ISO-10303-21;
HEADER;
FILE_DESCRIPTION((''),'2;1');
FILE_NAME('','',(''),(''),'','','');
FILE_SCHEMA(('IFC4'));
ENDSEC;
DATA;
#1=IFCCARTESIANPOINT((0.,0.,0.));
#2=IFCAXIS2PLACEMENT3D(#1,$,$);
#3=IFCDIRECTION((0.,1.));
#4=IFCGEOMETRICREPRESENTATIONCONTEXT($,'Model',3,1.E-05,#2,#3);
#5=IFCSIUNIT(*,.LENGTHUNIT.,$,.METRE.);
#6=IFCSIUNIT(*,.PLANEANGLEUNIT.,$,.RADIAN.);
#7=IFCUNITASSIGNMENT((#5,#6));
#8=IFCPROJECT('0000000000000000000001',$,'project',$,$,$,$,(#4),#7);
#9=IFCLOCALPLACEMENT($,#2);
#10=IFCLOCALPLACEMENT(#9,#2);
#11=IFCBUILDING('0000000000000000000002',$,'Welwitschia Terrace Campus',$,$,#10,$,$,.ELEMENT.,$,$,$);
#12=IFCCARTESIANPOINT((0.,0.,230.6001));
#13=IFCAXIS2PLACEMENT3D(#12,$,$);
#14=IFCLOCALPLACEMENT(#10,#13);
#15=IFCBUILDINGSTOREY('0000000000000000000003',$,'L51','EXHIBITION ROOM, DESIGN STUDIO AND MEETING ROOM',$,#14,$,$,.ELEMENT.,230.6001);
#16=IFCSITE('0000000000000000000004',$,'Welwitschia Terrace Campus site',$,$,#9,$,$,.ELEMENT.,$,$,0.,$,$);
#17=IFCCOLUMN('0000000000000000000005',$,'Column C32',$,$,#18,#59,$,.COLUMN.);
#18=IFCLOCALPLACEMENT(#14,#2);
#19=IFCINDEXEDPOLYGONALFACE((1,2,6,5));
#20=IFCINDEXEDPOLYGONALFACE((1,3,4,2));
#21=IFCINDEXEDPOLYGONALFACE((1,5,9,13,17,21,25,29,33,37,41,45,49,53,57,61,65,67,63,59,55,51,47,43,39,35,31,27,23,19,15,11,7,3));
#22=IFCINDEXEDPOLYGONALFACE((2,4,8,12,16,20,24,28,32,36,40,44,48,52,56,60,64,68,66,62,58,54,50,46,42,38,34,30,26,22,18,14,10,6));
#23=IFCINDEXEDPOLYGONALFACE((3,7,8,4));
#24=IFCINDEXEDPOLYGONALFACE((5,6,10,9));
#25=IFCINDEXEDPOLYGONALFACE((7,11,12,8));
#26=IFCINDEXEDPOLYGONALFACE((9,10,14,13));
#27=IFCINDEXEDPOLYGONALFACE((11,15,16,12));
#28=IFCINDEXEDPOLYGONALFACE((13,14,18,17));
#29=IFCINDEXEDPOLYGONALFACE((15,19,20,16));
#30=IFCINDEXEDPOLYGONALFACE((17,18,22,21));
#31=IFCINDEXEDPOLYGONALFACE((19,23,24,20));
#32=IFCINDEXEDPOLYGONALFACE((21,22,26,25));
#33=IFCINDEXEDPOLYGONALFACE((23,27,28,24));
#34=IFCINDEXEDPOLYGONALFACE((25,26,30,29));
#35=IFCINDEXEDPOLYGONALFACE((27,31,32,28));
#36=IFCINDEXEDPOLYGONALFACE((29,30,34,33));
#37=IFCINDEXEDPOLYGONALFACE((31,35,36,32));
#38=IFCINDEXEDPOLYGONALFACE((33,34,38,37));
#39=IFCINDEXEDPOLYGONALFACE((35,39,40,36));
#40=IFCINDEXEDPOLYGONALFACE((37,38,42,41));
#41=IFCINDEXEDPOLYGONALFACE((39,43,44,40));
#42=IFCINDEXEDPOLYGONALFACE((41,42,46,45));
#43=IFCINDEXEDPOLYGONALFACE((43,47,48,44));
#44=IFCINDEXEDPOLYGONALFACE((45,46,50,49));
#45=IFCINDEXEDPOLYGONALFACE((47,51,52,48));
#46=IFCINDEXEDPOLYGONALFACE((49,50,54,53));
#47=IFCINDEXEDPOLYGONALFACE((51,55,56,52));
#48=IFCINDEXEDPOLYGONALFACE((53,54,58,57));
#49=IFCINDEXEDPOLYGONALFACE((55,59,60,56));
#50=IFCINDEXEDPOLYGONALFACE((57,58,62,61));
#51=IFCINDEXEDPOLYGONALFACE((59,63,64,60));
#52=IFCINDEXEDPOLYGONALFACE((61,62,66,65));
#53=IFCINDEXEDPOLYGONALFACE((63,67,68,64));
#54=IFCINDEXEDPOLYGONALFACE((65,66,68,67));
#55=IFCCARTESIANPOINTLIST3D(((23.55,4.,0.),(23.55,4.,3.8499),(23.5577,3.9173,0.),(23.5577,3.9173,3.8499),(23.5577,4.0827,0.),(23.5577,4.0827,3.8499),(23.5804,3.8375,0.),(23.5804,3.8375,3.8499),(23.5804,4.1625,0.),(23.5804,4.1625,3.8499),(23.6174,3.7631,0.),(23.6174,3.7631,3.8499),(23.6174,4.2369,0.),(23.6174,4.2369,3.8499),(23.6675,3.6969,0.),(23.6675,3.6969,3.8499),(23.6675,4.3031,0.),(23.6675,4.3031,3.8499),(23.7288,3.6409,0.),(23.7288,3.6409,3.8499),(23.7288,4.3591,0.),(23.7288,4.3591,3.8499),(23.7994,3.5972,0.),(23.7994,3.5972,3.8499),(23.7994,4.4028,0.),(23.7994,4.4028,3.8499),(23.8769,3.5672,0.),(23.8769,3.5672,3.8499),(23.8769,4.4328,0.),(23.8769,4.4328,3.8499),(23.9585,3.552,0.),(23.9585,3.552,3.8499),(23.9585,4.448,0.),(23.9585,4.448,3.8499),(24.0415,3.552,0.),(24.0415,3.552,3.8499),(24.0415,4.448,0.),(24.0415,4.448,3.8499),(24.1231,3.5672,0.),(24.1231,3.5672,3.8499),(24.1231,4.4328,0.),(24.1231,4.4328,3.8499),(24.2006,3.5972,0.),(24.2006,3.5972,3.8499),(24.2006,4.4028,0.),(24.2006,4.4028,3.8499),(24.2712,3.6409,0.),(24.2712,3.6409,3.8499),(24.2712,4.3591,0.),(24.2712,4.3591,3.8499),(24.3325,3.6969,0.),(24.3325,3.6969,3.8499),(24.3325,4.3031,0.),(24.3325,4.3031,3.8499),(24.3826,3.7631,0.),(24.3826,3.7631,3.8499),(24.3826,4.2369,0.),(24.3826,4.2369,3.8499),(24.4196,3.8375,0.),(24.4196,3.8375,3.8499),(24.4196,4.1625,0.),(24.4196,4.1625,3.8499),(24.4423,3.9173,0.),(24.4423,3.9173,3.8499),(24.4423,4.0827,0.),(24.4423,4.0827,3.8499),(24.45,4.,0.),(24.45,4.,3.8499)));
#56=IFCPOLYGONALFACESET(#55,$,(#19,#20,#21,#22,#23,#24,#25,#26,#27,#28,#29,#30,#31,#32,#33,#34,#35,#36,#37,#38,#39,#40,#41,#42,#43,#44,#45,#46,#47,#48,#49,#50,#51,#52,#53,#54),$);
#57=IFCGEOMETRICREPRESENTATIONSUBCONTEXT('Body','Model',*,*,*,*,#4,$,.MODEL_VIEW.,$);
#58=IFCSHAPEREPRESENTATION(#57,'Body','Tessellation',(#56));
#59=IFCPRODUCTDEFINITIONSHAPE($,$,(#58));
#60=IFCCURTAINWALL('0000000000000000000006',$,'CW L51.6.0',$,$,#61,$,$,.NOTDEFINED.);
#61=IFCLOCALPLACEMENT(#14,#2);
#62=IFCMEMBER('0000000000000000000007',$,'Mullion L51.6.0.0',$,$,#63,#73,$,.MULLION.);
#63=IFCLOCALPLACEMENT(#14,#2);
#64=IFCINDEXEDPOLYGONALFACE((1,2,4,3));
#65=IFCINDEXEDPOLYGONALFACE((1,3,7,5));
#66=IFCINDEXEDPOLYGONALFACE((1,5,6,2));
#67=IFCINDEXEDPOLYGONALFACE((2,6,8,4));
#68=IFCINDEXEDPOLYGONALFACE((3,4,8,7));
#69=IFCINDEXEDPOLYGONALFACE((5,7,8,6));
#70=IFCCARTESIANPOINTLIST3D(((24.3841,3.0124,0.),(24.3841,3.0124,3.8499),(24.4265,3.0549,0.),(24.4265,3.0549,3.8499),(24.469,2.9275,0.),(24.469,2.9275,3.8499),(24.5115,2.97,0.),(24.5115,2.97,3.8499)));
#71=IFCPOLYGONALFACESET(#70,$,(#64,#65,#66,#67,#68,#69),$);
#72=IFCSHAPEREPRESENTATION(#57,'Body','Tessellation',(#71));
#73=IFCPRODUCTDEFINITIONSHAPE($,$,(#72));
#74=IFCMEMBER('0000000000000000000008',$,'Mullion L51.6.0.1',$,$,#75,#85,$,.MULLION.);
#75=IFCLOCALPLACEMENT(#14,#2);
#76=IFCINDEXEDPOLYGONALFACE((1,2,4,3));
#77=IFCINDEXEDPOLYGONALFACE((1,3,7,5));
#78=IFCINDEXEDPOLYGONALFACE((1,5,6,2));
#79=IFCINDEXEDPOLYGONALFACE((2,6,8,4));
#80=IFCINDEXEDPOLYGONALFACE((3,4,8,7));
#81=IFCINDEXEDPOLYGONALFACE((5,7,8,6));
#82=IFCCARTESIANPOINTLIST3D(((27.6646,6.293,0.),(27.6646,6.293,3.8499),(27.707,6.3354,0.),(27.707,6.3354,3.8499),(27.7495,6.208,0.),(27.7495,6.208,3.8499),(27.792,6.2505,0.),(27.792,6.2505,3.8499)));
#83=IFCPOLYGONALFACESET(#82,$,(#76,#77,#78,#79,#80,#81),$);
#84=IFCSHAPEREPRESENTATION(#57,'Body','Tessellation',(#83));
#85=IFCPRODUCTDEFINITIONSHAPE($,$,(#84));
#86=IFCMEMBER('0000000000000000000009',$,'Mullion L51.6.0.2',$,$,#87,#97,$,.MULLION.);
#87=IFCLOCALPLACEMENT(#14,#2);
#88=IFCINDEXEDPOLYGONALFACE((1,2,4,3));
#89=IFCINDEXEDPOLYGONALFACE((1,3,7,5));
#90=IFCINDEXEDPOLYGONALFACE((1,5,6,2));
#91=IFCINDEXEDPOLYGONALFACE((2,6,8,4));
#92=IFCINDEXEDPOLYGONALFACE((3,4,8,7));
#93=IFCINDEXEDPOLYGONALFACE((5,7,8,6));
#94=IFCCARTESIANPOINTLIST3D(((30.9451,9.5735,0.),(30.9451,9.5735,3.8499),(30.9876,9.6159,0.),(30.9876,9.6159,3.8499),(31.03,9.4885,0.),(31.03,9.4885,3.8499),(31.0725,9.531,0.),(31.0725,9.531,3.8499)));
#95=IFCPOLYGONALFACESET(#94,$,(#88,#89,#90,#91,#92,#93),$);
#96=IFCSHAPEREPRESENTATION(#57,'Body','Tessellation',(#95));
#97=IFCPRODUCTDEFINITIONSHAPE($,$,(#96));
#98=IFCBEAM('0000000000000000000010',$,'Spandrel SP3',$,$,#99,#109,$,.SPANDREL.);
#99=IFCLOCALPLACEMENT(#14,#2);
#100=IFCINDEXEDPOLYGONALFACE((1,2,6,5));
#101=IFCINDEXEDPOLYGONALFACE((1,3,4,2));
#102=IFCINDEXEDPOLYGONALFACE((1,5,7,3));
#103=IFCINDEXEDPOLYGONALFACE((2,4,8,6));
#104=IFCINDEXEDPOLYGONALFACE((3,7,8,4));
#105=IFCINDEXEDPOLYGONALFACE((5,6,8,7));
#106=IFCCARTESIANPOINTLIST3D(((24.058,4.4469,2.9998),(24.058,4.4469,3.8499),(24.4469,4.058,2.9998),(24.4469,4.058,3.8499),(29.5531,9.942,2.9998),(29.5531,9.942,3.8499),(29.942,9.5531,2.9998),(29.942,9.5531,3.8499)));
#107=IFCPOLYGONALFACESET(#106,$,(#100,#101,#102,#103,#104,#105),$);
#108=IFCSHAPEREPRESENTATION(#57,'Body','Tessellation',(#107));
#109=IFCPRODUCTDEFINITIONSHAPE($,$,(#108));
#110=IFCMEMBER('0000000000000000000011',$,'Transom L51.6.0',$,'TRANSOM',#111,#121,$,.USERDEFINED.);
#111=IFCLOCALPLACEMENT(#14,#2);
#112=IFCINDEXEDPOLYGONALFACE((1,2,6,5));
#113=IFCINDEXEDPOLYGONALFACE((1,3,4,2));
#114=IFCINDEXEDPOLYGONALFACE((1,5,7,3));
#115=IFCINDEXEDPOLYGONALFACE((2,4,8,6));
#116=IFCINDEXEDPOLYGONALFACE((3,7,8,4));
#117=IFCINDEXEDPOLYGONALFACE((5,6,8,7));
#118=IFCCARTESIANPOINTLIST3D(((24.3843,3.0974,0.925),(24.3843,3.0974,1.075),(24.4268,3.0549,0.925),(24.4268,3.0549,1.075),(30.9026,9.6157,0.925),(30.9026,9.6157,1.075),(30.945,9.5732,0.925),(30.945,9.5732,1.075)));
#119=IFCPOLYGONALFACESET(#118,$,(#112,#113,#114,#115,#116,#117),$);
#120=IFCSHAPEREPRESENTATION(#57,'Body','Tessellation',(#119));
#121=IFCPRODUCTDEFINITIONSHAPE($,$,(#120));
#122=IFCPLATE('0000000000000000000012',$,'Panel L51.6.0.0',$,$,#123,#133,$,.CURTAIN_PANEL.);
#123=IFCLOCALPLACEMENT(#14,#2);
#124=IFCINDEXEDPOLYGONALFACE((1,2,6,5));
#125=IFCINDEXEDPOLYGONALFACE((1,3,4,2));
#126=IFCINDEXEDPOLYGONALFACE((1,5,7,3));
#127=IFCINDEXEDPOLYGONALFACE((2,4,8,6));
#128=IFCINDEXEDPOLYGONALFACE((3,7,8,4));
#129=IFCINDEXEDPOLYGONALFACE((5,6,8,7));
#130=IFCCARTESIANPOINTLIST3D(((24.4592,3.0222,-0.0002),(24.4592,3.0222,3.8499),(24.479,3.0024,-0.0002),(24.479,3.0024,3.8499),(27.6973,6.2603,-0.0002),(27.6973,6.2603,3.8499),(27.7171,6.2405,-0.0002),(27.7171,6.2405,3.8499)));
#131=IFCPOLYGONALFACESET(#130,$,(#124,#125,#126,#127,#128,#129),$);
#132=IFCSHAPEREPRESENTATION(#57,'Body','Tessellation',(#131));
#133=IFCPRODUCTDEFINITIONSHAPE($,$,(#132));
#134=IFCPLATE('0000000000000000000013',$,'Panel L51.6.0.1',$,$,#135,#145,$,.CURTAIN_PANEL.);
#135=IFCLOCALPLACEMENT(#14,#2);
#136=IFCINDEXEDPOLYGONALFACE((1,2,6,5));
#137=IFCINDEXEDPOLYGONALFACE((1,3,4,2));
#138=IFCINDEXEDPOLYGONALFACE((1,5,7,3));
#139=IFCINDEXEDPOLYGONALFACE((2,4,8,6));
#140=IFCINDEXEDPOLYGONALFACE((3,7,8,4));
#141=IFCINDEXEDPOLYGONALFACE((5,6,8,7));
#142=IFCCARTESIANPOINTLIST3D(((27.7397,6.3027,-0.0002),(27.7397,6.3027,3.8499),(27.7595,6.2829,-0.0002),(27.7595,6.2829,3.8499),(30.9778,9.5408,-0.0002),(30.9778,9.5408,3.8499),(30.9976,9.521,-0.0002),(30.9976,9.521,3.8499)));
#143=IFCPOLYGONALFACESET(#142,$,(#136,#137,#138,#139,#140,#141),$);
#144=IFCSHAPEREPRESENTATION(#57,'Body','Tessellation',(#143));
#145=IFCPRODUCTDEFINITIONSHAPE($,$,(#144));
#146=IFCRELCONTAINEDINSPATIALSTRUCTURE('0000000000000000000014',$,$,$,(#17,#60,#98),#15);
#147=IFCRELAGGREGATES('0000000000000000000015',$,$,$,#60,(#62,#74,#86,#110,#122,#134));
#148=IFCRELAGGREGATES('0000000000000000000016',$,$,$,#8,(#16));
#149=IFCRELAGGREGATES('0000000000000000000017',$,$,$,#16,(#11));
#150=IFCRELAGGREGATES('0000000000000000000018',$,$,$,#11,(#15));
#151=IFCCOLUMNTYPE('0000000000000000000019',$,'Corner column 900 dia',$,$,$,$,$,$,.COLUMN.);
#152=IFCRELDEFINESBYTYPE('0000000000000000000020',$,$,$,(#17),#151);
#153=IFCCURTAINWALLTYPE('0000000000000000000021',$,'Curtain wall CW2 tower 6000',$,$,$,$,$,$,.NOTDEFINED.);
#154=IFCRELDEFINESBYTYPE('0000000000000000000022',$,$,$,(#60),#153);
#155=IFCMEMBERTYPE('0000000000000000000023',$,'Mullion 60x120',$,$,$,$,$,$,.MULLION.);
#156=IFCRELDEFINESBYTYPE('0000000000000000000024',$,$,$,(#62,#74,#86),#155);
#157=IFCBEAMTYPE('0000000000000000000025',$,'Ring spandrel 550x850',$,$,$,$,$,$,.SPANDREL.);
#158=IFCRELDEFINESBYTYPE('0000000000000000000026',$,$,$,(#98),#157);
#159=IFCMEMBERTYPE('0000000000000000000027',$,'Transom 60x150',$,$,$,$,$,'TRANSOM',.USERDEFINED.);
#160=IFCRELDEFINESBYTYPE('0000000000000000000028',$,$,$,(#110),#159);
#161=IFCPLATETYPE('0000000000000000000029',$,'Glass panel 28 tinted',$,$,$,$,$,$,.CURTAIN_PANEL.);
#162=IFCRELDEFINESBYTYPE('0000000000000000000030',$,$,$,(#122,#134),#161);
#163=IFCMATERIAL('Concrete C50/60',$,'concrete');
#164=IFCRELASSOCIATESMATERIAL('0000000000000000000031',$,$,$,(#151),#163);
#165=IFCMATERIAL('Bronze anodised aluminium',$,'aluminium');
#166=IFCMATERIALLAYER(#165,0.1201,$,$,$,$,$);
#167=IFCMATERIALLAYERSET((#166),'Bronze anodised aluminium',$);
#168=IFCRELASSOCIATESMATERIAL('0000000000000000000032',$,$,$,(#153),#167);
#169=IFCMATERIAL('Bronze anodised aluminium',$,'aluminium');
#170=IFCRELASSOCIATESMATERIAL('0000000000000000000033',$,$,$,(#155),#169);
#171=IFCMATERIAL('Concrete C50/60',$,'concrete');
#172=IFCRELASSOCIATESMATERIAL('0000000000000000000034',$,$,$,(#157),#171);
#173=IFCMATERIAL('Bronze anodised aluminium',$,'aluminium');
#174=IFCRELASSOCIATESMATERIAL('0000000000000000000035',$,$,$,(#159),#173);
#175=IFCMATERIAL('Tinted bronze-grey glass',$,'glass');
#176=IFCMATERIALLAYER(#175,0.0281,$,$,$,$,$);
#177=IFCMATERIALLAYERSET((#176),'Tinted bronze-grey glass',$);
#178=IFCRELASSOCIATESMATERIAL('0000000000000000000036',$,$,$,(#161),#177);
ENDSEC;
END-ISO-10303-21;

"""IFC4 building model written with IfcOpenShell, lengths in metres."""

from ifc_helpers import new_model, si_unit, direction, frame, origin, origin_2d, place, context, subcontext, project, spatial, rectangle, circle, extrude, material, layer, layer_set, material_profile, profile_set, type_object, element, aggregate, save


model = new_model("IFC4")

# Units and contexts
model_context = context("Model", 3, precision=1e-05, world=origin(), true_north=direction((0.0, 1.0)))
body_context = subcontext(model_context, "Body", "Model", "MODEL_VIEW")
ifc_project = project(units=[si_unit("LENGTHUNIT", "METRE"), si_unit("PLANEANGLEUNIT", "RADIAN")], contexts=[model_context])

# Site, building, storey
site_placement = place(None, origin())
site = spatial("IfcSite", under=ifc_project, at=site_placement, Name="Welwitschia Terrace Campus site", CompositionType="ELEMENT", RefElevation=0.0)
building_placement = place(site_placement, origin())
building = spatial("IfcBuilding", under=site, at=building_placement, Name="Welwitschia Terrace Campus", CompositionType="ELEMENT")
storey_placement = place(building_placement, frame((0.0, 0.0, 230.6001)))
storey = spatial("IfcBuildingStorey", under=building, at=storey_placement, Name="L51", Description="EXHIBITION ROOM, DESIGN STUDIO AND MEETING ROOM", CompositionType="ELEMENT", Elevation=230.6001)

# Column
ifc_material_1 = material(Name="Concrete C50/60", Category="concrete")
ifc_material_profile_1 = material_profile(ifc_material_1, circle(Radius=0.45, at=origin_2d()))
ifc_profile_set_1 = profile_set([ifc_material_profile_1], Name="Concrete C50/60")
column_type = type_object("IfcColumnType", Name="Corner column 900 dia", PredefinedType="COLUMN", material=ifc_profile_set_1)
column_placement = place(storey_placement, frame((24.0, 4.0, 0.0), z_axis=(0.0, 0.0, 1.0), x_axis=(1.0, 0.0, 0.0)))
element("IfcColumn", 1, at=column_placement, inside=storey, type_object=column_type, Name="Column C32", PredefinedType="COLUMN", context=body_context, shape_type="SweptSolid", body=[
    extrude(circle(Radius=0.45, at=origin_2d()), origin(), (0.0, 0.0, 1.0), 3.8499),
])

# Curtain wall, members
ifc_material_2 = material(Name="Bronze anodised aluminium", Category="aluminium")
ifc_layer_1 = layer(ifc_material_2, 0.1201)
ifc_layer_set_1 = layer_set([ifc_layer_1], Name="Bronze anodised aluminium")
curtain_wall_type = type_object("IfcCurtainWallType", Name="Curtain wall CW2 tower 6000", PredefinedType="NOTDEFINED", material=ifc_layer_set_1)
curtain_wall_placement = place(storey_placement, origin())
curtain_wall = element("IfcCurtainWall", 2, at=curtain_wall_placement, inside=storey, type_object=curtain_wall_type, Name="CW L51.6.0", PredefinedType="NOTDEFINED")
ifc_material_3 = material(Name="Bronze anodised aluminium", Category="aluminium")
ifc_material_profile_2 = material_profile(ifc_material_3, rectangle(XDim=0.1201, YDim=0.0601, at=origin_2d()))
ifc_profile_set_2 = profile_set([ifc_material_profile_2], Name="Bronze anodised aluminium")
member_type_1 = type_object("IfcMemberType", Name="Mullion 60x120", PredefinedType="MULLION", material=ifc_profile_set_2)
member_1_placement = place(storey_placement, frame((24.4478, 2.9912, 0.0), z_axis=(0.0, 0.0, 1.0), x_axis=(-0.707107, 0.707107, 0.0)))
member_1 = element("IfcMember", 3, at=member_1_placement, type_object=member_type_1, Name="Mullion L51.6.0.0", PredefinedType="MULLION", context=body_context, shape_type="SweptSolid", body=[
    extrude(rectangle(XDim=0.1201, YDim=0.0601, at=origin_2d()), origin(), (0.0, 0.0, 1.0), 3.8499),
])
member_2_placement = place(storey_placement, frame((27.7283, 6.2717, 0.0), z_axis=(0.0, 0.0, 1.0), x_axis=(-0.707107, 0.707107, 0.0)))
member_2 = element("IfcMember", 4, at=member_2_placement, type_object=member_type_1, Name="Mullion L51.6.0.1", PredefinedType="MULLION", context=body_context, shape_type="SweptSolid", body=[
    extrude(rectangle(XDim=0.1201, YDim=0.0601, at=origin_2d()), origin(), (0.0, 0.0, 1.0), 3.8499),
])
member_3_placement = place(storey_placement, frame((31.0088, 9.5522, 0.0), z_axis=(0.0, 0.0, 1.0), x_axis=(-0.707107, 0.707107, 0.0)))
member_3 = element("IfcMember", 5, at=member_3_placement, type_object=member_type_1, Name="Mullion L51.6.0.2", PredefinedType="MULLION", context=body_context, shape_type="SweptSolid", body=[
    extrude(rectangle(XDim=0.1201, YDim=0.0601, at=origin_2d()), origin(), (0.0, 0.0, 1.0), 3.8499),
])

# Beam
ifc_material_4 = material(Name="Concrete C50/60", Category="concrete")
ifc_material_profile_3 = material_profile(ifc_material_4, rectangle(XDim=0.55, YDim=0.8501, at=origin_2d()))
ifc_profile_set_3 = profile_set([ifc_material_profile_3], Name="Concrete C50/60")
beam_type = type_object("IfcBeamType", Name="Ring spandrel 550x850", PredefinedType="SPANDREL", material=ifc_profile_set_3)
beam_placement = place(storey_placement, frame((24.2524, 4.2524, 3.4248), z_axis=(0.707107, 0.707107, 0.0), x_axis=(-0.707107, 0.707107, 0.0)))
element("IfcBeam", 6, at=beam_placement, inside=storey, type_object=beam_type, Name="Spandrel SP3", PredefinedType="SPANDREL", context=body_context, shape_type="SweptSolid", body=[
    extrude(rectangle(XDim=0.55, YDim=0.8501, at=origin_2d()), origin(), (0.0, 0.0, 1.0), 7.7712),
])

# Member
ifc_material_5 = material(Name="Bronze anodised aluminium", Category="aluminium")
ifc_material_profile_4 = material_profile(ifc_material_5, rectangle(XDim=0.0601, YDim=0.1499, at=origin_2d()))
ifc_profile_set_4 = profile_set([ifc_material_profile_4], Name="Bronze anodised aluminium")
member_type_2 = type_object("IfcMemberType", Name="Transom 60x150", ElementType="TRANSOM", PredefinedType="USERDEFINED", material=ifc_profile_set_4)
member_4_placement = place(storey_placement, frame((24.4055, 3.0762, 1.0), z_axis=(0.707107, 0.707107, 0.0), x_axis=(-0.707107, 0.707107, 0.0)))
member_4 = element("IfcMember", 7, at=member_4_placement, type_object=member_type_2, Name="Transom L51.6.0", ObjectType="TRANSOM", PredefinedType="USERDEFINED", context=body_context, shape_type="SweptSolid", body=[
    extrude(rectangle(XDim=0.0601, YDim=0.1499, at=origin_2d()), origin(), (0.0, 0.0, 1.0), 9.2183),
])

# Plates
ifc_material_6 = material(Name="Tinted bronze-grey glass", Category="glass")
ifc_layer_2 = layer(ifc_material_6, 0.0281)
ifc_layer_set_2 = layer_set([ifc_layer_2], Name="Tinted bronze-grey glass")
plate_type = type_object("IfcPlateType", Name="Glass panel 28 tinted", PredefinedType="CURTAIN_PANEL", material=ifc_layer_set_2)
plate_1_placement = place(storey_placement, frame((26.0881, 4.6313, -0.0002), z_axis=(0.0, 0.0, 1.0), x_axis=(0.707107, 0.707107, 0.0)))
plate_1 = element("IfcPlate", 8, at=plate_1_placement, type_object=plate_type, Name="Panel L51.6.0.0", PredefinedType="CURTAIN_PANEL", context=body_context, shape_type="SweptSolid", body=[
    extrude(rectangle(XDim=4.5793, YDim=0.0281, at=origin_2d()), origin(), (0.0, 0.0, 1.0), 3.8501),
])
plate_2_placement = place(storey_placement, frame((29.3687, 7.9119, -0.0002), z_axis=(0.0, 0.0, 1.0), x_axis=(0.707107, 0.707107, 0.0)))
plate_2 = element("IfcPlate", 9, at=plate_2_placement, type_object=plate_type, Name="Panel L51.6.0.1", PredefinedType="CURTAIN_PANEL", context=body_context, shape_type="SweptSolid", body=[
    extrude(rectangle(XDim=4.5793, YDim=0.0281, at=origin_2d()), origin(), (0.0, 0.0, 1.0), 3.8501),
])
aggregate(curtain_wall, [member_1, member_2, member_3, member_4, plate_1, plate_2])

save(model, "model.ifc")
